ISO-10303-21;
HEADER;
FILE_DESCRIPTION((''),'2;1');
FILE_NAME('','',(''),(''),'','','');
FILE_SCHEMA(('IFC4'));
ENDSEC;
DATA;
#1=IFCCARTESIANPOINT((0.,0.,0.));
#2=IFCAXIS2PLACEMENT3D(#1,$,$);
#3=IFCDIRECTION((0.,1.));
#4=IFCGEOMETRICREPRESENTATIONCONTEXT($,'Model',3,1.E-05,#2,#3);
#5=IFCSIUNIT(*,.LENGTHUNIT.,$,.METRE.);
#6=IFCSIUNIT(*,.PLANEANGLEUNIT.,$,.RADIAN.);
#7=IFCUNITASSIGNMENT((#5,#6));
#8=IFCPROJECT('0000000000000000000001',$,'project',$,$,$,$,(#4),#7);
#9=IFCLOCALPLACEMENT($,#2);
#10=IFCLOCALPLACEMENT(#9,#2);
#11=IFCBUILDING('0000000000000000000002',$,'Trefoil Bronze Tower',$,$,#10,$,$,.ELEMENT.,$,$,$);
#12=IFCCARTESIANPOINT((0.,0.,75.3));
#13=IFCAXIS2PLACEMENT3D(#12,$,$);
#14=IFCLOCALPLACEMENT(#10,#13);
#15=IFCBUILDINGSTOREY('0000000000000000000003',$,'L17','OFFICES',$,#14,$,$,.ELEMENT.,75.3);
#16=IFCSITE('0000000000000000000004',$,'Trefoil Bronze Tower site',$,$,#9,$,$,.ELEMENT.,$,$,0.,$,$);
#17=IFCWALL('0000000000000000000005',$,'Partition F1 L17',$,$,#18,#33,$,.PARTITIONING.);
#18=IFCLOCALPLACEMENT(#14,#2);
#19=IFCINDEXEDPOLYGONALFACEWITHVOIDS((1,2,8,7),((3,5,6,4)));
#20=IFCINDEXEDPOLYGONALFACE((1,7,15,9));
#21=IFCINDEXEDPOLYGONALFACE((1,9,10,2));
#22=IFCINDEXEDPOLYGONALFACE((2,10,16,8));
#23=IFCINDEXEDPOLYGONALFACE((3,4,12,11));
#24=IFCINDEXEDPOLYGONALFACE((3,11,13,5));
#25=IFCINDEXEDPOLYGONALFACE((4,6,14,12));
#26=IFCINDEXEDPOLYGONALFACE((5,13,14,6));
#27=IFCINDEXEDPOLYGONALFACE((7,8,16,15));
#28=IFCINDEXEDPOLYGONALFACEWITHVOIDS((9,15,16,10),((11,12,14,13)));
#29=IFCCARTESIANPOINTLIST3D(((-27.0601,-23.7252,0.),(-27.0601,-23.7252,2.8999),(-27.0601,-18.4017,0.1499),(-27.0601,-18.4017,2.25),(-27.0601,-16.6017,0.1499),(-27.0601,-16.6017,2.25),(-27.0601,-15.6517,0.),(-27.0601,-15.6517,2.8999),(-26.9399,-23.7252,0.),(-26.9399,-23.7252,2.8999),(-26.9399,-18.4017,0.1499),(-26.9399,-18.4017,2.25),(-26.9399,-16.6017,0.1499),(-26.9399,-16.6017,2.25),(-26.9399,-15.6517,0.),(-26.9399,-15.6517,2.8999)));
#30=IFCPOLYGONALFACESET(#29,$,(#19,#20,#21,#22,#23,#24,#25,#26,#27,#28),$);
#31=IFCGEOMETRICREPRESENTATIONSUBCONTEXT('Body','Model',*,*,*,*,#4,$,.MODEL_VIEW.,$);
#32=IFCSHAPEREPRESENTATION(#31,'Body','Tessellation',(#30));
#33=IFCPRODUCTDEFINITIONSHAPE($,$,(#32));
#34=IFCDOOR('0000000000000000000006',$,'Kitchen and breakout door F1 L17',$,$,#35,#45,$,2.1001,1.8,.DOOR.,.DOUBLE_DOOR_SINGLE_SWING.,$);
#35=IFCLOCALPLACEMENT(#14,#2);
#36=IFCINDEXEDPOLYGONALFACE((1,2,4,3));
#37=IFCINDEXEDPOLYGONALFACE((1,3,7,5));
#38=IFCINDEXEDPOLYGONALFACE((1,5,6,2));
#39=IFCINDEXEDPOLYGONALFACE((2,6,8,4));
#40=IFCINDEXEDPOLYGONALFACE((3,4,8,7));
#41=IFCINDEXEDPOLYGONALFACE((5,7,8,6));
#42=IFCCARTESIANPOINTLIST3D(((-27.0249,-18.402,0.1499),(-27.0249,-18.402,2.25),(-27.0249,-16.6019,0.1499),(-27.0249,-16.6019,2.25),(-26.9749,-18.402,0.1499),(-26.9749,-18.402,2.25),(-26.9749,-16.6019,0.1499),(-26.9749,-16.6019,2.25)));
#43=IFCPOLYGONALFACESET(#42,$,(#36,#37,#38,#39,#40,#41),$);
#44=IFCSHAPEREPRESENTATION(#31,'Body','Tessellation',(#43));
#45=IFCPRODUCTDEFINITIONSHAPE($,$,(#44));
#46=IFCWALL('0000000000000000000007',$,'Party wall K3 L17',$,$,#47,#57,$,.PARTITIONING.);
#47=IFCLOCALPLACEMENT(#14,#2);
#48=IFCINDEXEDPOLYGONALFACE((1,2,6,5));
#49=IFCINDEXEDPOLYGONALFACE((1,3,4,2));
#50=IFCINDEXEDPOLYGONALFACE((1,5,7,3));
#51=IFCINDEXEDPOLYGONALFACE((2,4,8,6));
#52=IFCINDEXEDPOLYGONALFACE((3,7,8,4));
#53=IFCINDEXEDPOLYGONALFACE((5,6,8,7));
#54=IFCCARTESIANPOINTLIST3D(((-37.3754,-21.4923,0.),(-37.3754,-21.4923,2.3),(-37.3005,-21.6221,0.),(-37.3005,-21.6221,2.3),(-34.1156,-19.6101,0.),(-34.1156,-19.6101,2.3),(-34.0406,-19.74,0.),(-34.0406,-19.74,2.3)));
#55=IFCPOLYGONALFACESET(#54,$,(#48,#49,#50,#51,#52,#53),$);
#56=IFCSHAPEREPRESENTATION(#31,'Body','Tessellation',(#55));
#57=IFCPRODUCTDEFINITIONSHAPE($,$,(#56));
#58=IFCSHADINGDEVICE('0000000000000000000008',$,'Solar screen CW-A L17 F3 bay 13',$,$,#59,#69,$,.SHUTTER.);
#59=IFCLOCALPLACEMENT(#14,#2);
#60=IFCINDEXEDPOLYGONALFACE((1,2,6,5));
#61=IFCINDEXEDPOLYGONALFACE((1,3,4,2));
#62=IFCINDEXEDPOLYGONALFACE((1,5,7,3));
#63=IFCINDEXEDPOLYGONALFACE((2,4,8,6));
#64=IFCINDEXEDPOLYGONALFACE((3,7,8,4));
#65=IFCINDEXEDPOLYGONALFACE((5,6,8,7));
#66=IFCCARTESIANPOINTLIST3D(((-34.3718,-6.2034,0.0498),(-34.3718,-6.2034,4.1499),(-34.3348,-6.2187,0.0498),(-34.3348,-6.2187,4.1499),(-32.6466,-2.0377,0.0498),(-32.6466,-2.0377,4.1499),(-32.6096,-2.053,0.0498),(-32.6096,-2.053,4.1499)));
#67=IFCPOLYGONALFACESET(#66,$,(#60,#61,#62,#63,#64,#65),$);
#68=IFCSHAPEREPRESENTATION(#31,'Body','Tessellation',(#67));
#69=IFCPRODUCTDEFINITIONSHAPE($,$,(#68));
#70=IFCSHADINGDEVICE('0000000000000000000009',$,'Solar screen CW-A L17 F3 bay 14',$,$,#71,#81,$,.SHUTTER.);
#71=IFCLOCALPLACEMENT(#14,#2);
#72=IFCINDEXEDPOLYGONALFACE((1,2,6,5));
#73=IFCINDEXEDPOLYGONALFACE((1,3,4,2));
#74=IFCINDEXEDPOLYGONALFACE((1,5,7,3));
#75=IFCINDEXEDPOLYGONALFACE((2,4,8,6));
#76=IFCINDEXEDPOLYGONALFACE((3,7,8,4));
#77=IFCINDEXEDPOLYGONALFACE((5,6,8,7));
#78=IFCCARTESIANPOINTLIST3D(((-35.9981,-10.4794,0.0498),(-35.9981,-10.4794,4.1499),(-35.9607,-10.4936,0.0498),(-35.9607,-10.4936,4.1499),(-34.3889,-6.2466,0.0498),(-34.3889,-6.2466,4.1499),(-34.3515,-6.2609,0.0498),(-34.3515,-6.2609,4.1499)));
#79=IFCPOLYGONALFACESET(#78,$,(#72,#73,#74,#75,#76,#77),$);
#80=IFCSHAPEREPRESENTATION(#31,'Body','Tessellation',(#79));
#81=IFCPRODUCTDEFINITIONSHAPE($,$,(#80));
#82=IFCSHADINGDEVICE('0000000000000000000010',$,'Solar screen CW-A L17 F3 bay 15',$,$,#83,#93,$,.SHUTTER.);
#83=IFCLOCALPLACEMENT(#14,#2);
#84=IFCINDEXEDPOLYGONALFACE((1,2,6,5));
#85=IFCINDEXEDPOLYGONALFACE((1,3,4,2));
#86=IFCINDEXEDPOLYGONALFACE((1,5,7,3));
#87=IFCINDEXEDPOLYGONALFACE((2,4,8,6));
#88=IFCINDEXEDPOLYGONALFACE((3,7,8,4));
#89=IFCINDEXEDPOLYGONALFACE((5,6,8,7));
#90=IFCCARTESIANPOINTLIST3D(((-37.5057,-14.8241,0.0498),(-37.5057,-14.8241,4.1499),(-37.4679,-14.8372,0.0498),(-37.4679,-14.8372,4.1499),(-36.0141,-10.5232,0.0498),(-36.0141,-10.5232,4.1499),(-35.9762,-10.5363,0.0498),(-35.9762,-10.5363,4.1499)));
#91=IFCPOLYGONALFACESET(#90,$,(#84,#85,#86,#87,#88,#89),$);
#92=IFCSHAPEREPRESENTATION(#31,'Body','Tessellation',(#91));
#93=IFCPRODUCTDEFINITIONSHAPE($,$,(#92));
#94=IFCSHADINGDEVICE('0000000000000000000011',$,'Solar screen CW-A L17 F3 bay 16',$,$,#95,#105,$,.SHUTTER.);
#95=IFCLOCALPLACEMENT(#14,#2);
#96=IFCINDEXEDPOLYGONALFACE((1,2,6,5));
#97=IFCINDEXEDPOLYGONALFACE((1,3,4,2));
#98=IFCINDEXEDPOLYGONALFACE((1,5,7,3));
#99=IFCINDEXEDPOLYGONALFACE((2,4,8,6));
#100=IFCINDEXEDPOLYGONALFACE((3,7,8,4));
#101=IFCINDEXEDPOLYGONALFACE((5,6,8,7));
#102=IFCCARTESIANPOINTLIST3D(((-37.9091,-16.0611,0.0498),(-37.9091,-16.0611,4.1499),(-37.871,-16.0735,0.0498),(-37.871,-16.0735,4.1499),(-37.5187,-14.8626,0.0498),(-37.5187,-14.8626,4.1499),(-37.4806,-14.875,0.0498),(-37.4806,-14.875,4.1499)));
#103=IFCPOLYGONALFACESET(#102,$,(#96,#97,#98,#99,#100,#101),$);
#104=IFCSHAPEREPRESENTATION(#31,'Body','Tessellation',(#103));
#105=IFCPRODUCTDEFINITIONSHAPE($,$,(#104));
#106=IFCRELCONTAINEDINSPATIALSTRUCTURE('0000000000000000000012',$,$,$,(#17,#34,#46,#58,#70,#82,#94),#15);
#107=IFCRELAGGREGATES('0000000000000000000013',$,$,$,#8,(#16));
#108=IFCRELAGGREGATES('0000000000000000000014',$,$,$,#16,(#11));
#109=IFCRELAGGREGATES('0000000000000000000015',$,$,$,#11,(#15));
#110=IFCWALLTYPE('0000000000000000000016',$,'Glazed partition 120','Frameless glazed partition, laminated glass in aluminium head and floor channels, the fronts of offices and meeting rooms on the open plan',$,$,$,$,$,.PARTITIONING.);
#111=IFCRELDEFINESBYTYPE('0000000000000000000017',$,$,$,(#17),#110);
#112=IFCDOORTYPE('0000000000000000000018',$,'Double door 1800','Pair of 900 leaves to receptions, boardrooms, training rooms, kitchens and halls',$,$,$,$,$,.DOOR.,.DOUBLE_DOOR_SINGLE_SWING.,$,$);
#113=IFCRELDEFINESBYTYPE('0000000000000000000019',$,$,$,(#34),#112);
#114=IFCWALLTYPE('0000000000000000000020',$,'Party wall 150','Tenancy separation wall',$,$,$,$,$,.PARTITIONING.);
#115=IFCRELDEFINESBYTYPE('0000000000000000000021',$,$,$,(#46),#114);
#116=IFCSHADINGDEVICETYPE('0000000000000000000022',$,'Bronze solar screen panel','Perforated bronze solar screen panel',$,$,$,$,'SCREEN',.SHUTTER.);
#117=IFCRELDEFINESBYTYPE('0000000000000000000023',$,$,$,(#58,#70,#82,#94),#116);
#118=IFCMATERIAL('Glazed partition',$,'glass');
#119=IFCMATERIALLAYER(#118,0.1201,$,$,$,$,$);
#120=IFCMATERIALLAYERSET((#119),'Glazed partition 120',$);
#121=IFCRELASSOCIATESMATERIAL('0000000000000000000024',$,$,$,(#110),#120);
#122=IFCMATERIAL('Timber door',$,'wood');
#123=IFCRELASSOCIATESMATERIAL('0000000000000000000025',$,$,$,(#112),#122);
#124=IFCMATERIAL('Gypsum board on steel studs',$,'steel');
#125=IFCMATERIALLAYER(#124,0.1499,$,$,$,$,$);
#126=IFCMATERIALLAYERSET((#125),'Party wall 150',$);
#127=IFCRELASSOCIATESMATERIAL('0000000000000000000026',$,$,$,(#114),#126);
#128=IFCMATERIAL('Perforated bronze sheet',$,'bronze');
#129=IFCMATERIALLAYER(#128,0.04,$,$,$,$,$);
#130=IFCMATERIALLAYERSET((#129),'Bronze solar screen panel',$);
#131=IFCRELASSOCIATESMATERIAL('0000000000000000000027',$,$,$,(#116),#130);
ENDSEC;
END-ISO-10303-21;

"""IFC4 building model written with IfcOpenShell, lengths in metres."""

from ifc_helpers import new_model, si_unit, direction, frame, frame_2d, origin, origin_2d, place, context, subcontext, project, spatial, rectangle, extrude, material, layer, layer_set, type_object, element, fill, save


model = new_model("IFC4")

# Units and contexts
model_context = context("Model", 3, precision=1e-05, world=origin(), true_north=direction((0.0, 1.0)))
body_context = subcontext(model_context, "Body", "Model", "MODEL_VIEW")
ifc_project = project(units=[si_unit("LENGTHUNIT", "METRE"), si_unit("PLANEANGLEUNIT", "RADIAN")], contexts=[model_context])

# Site, building, storey
site_placement = place(None, origin())
site = spatial("IfcSite", under=ifc_project, at=site_placement, Name="Trefoil Bronze Tower site", CompositionType="ELEMENT", RefElevation=0.0)
building_placement = place(site_placement, origin())
building = spatial("IfcBuilding", under=site, at=building_placement, Name="Trefoil Bronze Tower", CompositionType="ELEMENT")
storey_placement = place(building_placement, frame((0.0, 0.0, 75.3)))
storey = spatial("IfcBuildingStorey", under=building, at=storey_placement, Name="L17", Description="OFFICES", CompositionType="ELEMENT", Elevation=75.3)

# Wall, opening, door
ifc_material_1 = material(Name="Glazed partition", Category="glass")
ifc_layer_1 = layer(ifc_material_1, 0.1201)
ifc_layer_set_1 = layer_set([ifc_layer_1], Name="Glazed partition 120")
wall_type_1 = type_object("IfcWallType", Name="Glazed partition 120", Description="Frameless glazed partition, laminated glass in aluminium head and floor channels, the fronts of offices and meeting rooms on the open plan", PredefinedType="PARTITIONING", material=ifc_layer_set_1)
wall_1_placement = place(storey_placement, frame((-27.0, -15.6519, 0.0), z_axis=(0.0, 0.0, 1.0), x_axis=(0.0, -1.0, 0.0)))
wall_1 = element("IfcWall", 1, at=wall_1_placement, inside=storey, type_object=wall_type_1, Name="Partition F1 L17", PredefinedType="PARTITIONING", context=body_context, shape_type="SweptSolid", body=[
    extrude(rectangle(XDim=8.0735, YDim=0.1201, at=frame_2d((4.0366, 0.0))), origin(), (0.0, 0.0, 1.0), 2.8999),
])
opening_placement = place(wall_1_placement, frame((0.95, 0.0, 0.1499)))
opening = element("IfcOpeningElement", 2, at=opening_placement, cuts=wall_1, PredefinedType="OPENING", context=body_context, shape_type="SweptSolid", body=[
    extrude(rectangle(XDim=1.8, YDim=2.1001, at=frame_2d((0.8999, 1.05))), frame((0.0, 0.0701, 0.0), z_axis=(0.0, -1.0, 0.0), x_axis=(1.0, 0.0, 0.0)), (0.0, 0.0, 1.0), 0.1401),
])
ifc_material_2 = material(Name="Timber door", Category="wood")
door_type = type_object("IfcDoorType", Name="Double door 1800", Description="Pair of 900 leaves to receptions, boardrooms, training rooms, kitchens and halls", OperationType="DOUBLE_DOOR_SINGLE_SWING", PredefinedType="DOOR", material=ifc_material_2)
door_placement = place(opening_placement, frame((1.8, 0.0, 0.0), z_axis=(0.0, 0.0, 1.0), x_axis=(-1.0, 0.0, 0.0)))
door = element("IfcDoor", 3, at=door_placement, inside=storey, type_object=door_type, Name="Kitchen and breakout door F1 L17", OperationType="DOUBLE_DOOR_SINGLE_SWING", OverallHeight=2.1001, OverallWidth=1.8, PredefinedType="DOOR", context=body_context, shape_type="SweptSolid", body=[
    extrude(rectangle(XDim=1.8, YDim=2.1001, at=frame_2d((0.8999, 1.05))), frame((0.0, 0.0249, 0.0), z_axis=(0.0, -1.0, 0.0), x_axis=(1.0, 0.0, 0.0)), (0.0, 0.0, 1.0), 0.05),
])
fill(opening, door)

# Wall
ifc_material_3 = material(Name="Gypsum board on steel studs", Category="steel")
ifc_layer_2 = layer(ifc_material_3, 0.1499)
ifc_layer_set_2 = layer_set([ifc_layer_2], Name="Party wall 150")
wall_type_2 = type_object("IfcWallType", Name="Party wall 150", Description="Tenancy separation wall", PredefinedType="PARTITIONING", material=ifc_layer_set_2)
wall_2_placement = place(storey_placement, frame((-34.0781, -19.675, 0.0), z_axis=(0.0, 0.0, 1.0), x_axis=(-0.866019, -0.500011, 0.0)))
element("IfcWall", 4, at=wall_2_placement, inside=storey, type_object=wall_type_2, Name="Party wall K3 L17", PredefinedType="PARTITIONING", context=body_context, shape_type="SweptSolid", body=[
    extrude(rectangle(XDim=3.7642, YDim=0.1499, at=frame_2d((1.8821, 0.0))), origin(), (0.0, 0.0, 1.0), 2.3),
])

# Shading devices
ifc_material_4 = material(Name="Perforated bronze sheet", Category="bronze")
ifc_layer_3 = layer(ifc_material_4, 0.04)
ifc_layer_set_3 = layer_set([ifc_layer_3], Name="Bronze solar screen panel")
shading_device_type = type_object("IfcShadingDeviceType", Name="Bronze solar screen panel", Description="Perforated bronze solar screen panel", ElementType="SCREEN", PredefinedType="SHUTTER", material=ifc_layer_set_3)
shading_device_1_placement = place(storey_placement, frame((-33.4907, -4.1282, 0.0498), z_axis=(0.0, 0.0, 1.0), x_axis=(-0.38263, -0.923902, 0.0)))
element("IfcShadingDevice", 5, at=shading_device_1_placement, inside=storey, type_object=shading_device_type, Name="Solar screen CW-A L17 F3 bay 13", PredefinedType="SHUTTER", context=body_context, shape_type="SweptSolid", body=[
    extrude(rectangle(XDim=4.5088, YDim=0.04, at=origin_2d()), origin(), (0.0, 0.0, 1.0), 4.1001),
])
shading_device_2_placement = place(storey_placement, frame((-35.1748, -8.3701, 0.0498), z_axis=(0.0, 0.0, 1.0), x_axis=(-0.355371, -0.934725, 0.0)))
element("IfcShadingDevice", 6, at=shading_device_2_placement, inside=storey, type_object=shading_device_type, Name="Solar screen CW-A L17 F3 bay 14", PredefinedType="SHUTTER", context=body_context, shape_type="SweptSolid", body=[
    extrude(rectangle(XDim=4.5283, YDim=0.04, at=origin_2d()), origin(), (0.0, 0.0, 1.0), 4.1001),
])
shading_device_3_placement = place(storey_placement, frame((-36.741, -12.6802, 0.0498), z_axis=(0.0, 0.0, 1.0), x_axis=(-0.327674, -0.944791, 0.0)))
element("IfcShadingDevice", 7, at=shading_device_3_placement, inside=storey, type_object=shading_device_type, Name="Solar screen CW-A L17 F3 bay 15", PredefinedType="SHUTTER", context=body_context, shape_type="SweptSolid", body=[
    extrude(rectangle(XDim=4.5522, YDim=0.04, at=origin_2d()), origin(), (0.0, 0.0, 1.0), 4.1001),
])
shading_device_4_placement = place(storey_placement, frame((-37.6948, -15.468, 0.0498), z_axis=(0.0, 0.0, 1.0), x_axis=(-0.309728, -0.950825, 0.0)))
element("IfcShadingDevice", 8, at=shading_device_4_placement, inside=storey, type_object=shading_device_type, Name="Solar screen CW-A L17 F3 bay 16", PredefinedType="SHUTTER", context=body_context, shape_type="SweptSolid", body=[
    extrude(rectangle(XDim=1.2605, YDim=0.04, at=origin_2d()), origin(), (0.0, 0.0, 1.0), 4.1001),
])

save(model, "model.ifc")
